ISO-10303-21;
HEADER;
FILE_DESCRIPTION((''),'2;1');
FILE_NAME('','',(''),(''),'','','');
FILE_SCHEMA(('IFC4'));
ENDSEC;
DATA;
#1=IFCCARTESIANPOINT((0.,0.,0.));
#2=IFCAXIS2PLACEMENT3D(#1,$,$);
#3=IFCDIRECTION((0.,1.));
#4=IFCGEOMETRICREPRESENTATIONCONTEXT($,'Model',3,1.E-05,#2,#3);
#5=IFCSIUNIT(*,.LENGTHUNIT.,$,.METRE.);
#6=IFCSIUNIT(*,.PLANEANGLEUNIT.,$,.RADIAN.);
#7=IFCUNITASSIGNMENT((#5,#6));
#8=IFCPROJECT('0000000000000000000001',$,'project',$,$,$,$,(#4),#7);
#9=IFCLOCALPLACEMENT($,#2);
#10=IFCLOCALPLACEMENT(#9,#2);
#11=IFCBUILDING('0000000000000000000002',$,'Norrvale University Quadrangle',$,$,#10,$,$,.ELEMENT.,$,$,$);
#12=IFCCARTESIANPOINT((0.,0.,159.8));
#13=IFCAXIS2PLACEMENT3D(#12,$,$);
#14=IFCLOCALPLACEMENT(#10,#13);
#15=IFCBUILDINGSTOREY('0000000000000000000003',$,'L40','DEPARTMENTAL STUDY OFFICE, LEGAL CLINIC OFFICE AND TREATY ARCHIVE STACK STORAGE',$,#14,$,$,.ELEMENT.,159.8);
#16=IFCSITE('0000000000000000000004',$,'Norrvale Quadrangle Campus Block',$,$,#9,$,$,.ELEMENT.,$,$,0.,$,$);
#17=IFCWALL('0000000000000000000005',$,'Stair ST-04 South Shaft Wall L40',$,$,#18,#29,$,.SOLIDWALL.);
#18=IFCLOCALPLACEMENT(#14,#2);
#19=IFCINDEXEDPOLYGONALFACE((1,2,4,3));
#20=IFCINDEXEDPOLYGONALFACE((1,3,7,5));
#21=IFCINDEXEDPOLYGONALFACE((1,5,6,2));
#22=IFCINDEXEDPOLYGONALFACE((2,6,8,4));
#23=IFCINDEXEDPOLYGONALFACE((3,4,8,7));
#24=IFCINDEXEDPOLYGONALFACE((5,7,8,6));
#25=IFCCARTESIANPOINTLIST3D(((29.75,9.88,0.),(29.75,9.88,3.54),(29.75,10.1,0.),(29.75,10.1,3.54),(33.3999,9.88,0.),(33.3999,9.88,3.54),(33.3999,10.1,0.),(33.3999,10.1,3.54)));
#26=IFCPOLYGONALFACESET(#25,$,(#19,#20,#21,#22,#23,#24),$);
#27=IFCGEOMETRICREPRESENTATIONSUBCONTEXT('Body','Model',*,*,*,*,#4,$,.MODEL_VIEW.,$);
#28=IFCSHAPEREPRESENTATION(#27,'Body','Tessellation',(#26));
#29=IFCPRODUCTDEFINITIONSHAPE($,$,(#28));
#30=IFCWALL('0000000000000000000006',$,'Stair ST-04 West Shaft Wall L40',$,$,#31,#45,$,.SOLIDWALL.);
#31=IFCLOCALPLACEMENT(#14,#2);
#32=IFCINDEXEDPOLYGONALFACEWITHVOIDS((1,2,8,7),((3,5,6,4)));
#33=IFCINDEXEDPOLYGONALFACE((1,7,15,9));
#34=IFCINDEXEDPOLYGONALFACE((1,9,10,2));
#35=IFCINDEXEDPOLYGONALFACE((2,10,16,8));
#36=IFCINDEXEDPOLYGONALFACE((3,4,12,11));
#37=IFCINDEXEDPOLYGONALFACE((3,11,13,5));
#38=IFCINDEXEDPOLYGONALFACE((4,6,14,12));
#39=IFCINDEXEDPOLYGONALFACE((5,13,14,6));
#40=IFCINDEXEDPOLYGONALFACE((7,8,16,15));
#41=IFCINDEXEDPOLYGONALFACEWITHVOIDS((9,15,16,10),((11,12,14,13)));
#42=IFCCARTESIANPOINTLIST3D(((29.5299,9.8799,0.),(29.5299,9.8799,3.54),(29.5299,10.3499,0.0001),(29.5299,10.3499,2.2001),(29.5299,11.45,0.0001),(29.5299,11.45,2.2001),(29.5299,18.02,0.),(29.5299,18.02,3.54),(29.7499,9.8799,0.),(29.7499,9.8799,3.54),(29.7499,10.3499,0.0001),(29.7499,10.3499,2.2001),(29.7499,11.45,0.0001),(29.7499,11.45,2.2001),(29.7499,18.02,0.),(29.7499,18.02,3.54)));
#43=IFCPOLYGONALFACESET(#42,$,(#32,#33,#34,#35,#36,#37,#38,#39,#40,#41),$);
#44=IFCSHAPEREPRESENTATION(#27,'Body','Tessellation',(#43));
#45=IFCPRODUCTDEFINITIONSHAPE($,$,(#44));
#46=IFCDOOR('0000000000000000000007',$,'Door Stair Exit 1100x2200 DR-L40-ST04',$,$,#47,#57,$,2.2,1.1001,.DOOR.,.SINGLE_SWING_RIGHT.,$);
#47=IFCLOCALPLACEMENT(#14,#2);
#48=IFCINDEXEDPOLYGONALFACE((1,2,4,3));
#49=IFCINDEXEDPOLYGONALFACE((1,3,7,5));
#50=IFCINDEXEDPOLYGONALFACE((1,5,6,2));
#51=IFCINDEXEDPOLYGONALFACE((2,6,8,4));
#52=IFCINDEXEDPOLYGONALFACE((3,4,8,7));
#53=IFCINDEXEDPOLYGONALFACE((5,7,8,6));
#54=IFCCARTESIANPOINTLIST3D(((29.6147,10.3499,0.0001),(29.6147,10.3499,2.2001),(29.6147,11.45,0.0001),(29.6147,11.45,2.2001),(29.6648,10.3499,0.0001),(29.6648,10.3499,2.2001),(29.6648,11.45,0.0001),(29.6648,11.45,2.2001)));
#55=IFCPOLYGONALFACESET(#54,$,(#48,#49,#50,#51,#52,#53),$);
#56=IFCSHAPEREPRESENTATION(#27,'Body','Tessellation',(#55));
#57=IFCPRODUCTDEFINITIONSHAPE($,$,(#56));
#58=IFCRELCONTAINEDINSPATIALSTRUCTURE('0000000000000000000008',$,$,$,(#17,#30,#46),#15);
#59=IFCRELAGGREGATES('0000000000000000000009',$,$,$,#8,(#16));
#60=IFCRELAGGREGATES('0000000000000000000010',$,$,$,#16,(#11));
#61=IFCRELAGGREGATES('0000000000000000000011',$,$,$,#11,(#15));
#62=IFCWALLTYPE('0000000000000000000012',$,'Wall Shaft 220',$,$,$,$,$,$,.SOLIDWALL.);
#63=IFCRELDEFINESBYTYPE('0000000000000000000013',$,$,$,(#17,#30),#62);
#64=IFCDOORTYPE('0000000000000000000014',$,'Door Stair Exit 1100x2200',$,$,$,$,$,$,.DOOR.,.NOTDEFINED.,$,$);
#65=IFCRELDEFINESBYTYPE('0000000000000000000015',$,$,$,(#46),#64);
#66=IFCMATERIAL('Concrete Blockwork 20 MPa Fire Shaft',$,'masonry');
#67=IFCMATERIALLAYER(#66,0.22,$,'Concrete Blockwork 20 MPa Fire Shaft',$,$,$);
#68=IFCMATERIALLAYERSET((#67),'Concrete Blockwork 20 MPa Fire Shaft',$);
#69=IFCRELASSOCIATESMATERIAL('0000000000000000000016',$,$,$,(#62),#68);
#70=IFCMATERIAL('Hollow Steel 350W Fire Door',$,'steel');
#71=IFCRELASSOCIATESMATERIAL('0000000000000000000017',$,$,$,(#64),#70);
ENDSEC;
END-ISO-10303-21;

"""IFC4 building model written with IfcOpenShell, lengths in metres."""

from ifc_helpers import new_model, si_unit, direction, frame, frame_2d, origin, place, context, subcontext, project, spatial, rectangle, extrude, material, layer, layer_set, type_object, element, fill, save


model = new_model("IFC4")

# Units and contexts
model_context = context("Model", 3, precision=1e-05, world=origin(), true_north=direction((0.0, 1.0)))
body_context = subcontext(model_context, "Body", "Model", "MODEL_VIEW")
ifc_project = project(units=[si_unit("LENGTHUNIT", "METRE"), si_unit("PLANEANGLEUNIT", "RADIAN")], contexts=[model_context])

# Site, building, storey
site_placement = place(None, origin())
site = spatial("IfcSite", under=ifc_project, at=site_placement, Name="Norrvale Quadrangle Campus Block", CompositionType="ELEMENT", RefElevation=0.0)
building_placement = place(site_placement, origin())
building = spatial("IfcBuilding", under=site, at=building_placement, Name="Norrvale University Quadrangle", CompositionType="ELEMENT")
storey_placement = place(building_placement, frame((0.0, 0.0, 159.8)))
storey = spatial("IfcBuildingStorey", under=building, at=storey_placement, Name="L40", Description="DEPARTMENTAL STUDY OFFICE, LEGAL CLINIC OFFICE AND TREATY ARCHIVE STACK STORAGE", CompositionType="ELEMENT", Elevation=159.8)

# Wall
ifc_material_1 = material(Name="Concrete Blockwork 20 MPa Fire Shaft", Category="masonry")
ifc_layer_1 = layer(ifc_material_1, 0.22, Name="Concrete Blockwork 20 MPa Fire Shaft")
ifc_layer_set_1 = layer_set([ifc_layer_1], Name="Concrete Blockwork 20 MPa Fire Shaft")
wall_type_1 = type_object("IfcWallType", Name="Wall Shaft 220", PredefinedType="SOLIDWALL", material=ifc_layer_set_1)
wall_1_placement = place(storey_placement, frame((29.75, 9.99, 0.0), z_axis=(0.0, 0.0, 1.0), x_axis=(1.0, 0.0, 0.0)))
element("IfcWall", 1, at=wall_1_placement, inside=storey, type_object=wall_type_1, Name="Stair ST-04 South Shaft Wall L40", PredefinedType="SOLIDWALL", context=body_context, shape_type="SweptSolid", body=[
    extrude(rectangle(XDim=3.6499, YDim=0.22, at=frame_2d((1.825, 0.0))), origin(), (0.0, 0.0, 1.0), 3.54),
])

# Wall, opening, door
wall_2_placement = place(storey_placement, frame((29.6399, 9.8799, 0.0), z_axis=(0.0, 0.0, 1.0), x_axis=(0.0, 1.0, 0.0)))
wall_2 = element("IfcWall", 2, at=wall_2_placement, inside=storey, type_object=wall_type_1, Name="Stair ST-04 West Shaft Wall L40", PredefinedType="SOLIDWALL", context=body_context, shape_type="SweptSolid", body=[
    extrude(rectangle(XDim=8.1401, YDim=0.22, at=frame_2d((4.0701, 0.0))), origin(), (0.0, 0.0, 1.0), 3.54),
])
opening_placement = place(wall_2_placement, frame((0.47, 0.0, 0.0)))
opening = element("IfcOpeningElement", 3, at=opening_placement, cuts=wall_2, PredefinedType="OPENING", context=body_context, shape_type="SweptSolid", body=[
    extrude(rectangle(XDim=1.1001, YDim=2.2, at=frame_2d((0.55, 1.1001))), frame((0.0, 0.1221, 0.0), z_axis=(0.0, -1.0, 0.0), x_axis=(1.0, 0.0, 0.0)), (0.0, 0.0, 1.0), 0.2439),
])
ifc_material_2 = material(Name="Hollow Steel 350W Fire Door", Category="steel")
door_type = type_object("IfcDoorType", Name="Door Stair Exit 1100x2200", OperationType="NOTDEFINED", PredefinedType="DOOR", material=ifc_material_2)
door_placement = place(opening_placement, frame((1.1001, 0.0, 0.0), z_axis=(0.0, 0.0, 1.0), x_axis=(-1.0, 0.0, 0.0)))
door = element("IfcDoor", 4, at=door_placement, inside=storey, type_object=door_type, Name="Door Stair Exit 1100x2200 DR-L40-ST04", OperationType="SINGLE_SWING_RIGHT", OverallHeight=2.2, OverallWidth=1.1001, PredefinedType="DOOR", context=body_context, shape_type="SweptSolid", body=[
    extrude(rectangle(XDim=1.1001, YDim=2.2, at=frame_2d((0.55, 1.1001))), frame((0.0, 0.0249, 0.0), z_axis=(0.0, -1.0, 0.0), x_axis=(1.0, 0.0, 0.0)), (0.0, 0.0, 1.0), 0.05),
])
fill(opening, door)

save(model, "model.ifc")
